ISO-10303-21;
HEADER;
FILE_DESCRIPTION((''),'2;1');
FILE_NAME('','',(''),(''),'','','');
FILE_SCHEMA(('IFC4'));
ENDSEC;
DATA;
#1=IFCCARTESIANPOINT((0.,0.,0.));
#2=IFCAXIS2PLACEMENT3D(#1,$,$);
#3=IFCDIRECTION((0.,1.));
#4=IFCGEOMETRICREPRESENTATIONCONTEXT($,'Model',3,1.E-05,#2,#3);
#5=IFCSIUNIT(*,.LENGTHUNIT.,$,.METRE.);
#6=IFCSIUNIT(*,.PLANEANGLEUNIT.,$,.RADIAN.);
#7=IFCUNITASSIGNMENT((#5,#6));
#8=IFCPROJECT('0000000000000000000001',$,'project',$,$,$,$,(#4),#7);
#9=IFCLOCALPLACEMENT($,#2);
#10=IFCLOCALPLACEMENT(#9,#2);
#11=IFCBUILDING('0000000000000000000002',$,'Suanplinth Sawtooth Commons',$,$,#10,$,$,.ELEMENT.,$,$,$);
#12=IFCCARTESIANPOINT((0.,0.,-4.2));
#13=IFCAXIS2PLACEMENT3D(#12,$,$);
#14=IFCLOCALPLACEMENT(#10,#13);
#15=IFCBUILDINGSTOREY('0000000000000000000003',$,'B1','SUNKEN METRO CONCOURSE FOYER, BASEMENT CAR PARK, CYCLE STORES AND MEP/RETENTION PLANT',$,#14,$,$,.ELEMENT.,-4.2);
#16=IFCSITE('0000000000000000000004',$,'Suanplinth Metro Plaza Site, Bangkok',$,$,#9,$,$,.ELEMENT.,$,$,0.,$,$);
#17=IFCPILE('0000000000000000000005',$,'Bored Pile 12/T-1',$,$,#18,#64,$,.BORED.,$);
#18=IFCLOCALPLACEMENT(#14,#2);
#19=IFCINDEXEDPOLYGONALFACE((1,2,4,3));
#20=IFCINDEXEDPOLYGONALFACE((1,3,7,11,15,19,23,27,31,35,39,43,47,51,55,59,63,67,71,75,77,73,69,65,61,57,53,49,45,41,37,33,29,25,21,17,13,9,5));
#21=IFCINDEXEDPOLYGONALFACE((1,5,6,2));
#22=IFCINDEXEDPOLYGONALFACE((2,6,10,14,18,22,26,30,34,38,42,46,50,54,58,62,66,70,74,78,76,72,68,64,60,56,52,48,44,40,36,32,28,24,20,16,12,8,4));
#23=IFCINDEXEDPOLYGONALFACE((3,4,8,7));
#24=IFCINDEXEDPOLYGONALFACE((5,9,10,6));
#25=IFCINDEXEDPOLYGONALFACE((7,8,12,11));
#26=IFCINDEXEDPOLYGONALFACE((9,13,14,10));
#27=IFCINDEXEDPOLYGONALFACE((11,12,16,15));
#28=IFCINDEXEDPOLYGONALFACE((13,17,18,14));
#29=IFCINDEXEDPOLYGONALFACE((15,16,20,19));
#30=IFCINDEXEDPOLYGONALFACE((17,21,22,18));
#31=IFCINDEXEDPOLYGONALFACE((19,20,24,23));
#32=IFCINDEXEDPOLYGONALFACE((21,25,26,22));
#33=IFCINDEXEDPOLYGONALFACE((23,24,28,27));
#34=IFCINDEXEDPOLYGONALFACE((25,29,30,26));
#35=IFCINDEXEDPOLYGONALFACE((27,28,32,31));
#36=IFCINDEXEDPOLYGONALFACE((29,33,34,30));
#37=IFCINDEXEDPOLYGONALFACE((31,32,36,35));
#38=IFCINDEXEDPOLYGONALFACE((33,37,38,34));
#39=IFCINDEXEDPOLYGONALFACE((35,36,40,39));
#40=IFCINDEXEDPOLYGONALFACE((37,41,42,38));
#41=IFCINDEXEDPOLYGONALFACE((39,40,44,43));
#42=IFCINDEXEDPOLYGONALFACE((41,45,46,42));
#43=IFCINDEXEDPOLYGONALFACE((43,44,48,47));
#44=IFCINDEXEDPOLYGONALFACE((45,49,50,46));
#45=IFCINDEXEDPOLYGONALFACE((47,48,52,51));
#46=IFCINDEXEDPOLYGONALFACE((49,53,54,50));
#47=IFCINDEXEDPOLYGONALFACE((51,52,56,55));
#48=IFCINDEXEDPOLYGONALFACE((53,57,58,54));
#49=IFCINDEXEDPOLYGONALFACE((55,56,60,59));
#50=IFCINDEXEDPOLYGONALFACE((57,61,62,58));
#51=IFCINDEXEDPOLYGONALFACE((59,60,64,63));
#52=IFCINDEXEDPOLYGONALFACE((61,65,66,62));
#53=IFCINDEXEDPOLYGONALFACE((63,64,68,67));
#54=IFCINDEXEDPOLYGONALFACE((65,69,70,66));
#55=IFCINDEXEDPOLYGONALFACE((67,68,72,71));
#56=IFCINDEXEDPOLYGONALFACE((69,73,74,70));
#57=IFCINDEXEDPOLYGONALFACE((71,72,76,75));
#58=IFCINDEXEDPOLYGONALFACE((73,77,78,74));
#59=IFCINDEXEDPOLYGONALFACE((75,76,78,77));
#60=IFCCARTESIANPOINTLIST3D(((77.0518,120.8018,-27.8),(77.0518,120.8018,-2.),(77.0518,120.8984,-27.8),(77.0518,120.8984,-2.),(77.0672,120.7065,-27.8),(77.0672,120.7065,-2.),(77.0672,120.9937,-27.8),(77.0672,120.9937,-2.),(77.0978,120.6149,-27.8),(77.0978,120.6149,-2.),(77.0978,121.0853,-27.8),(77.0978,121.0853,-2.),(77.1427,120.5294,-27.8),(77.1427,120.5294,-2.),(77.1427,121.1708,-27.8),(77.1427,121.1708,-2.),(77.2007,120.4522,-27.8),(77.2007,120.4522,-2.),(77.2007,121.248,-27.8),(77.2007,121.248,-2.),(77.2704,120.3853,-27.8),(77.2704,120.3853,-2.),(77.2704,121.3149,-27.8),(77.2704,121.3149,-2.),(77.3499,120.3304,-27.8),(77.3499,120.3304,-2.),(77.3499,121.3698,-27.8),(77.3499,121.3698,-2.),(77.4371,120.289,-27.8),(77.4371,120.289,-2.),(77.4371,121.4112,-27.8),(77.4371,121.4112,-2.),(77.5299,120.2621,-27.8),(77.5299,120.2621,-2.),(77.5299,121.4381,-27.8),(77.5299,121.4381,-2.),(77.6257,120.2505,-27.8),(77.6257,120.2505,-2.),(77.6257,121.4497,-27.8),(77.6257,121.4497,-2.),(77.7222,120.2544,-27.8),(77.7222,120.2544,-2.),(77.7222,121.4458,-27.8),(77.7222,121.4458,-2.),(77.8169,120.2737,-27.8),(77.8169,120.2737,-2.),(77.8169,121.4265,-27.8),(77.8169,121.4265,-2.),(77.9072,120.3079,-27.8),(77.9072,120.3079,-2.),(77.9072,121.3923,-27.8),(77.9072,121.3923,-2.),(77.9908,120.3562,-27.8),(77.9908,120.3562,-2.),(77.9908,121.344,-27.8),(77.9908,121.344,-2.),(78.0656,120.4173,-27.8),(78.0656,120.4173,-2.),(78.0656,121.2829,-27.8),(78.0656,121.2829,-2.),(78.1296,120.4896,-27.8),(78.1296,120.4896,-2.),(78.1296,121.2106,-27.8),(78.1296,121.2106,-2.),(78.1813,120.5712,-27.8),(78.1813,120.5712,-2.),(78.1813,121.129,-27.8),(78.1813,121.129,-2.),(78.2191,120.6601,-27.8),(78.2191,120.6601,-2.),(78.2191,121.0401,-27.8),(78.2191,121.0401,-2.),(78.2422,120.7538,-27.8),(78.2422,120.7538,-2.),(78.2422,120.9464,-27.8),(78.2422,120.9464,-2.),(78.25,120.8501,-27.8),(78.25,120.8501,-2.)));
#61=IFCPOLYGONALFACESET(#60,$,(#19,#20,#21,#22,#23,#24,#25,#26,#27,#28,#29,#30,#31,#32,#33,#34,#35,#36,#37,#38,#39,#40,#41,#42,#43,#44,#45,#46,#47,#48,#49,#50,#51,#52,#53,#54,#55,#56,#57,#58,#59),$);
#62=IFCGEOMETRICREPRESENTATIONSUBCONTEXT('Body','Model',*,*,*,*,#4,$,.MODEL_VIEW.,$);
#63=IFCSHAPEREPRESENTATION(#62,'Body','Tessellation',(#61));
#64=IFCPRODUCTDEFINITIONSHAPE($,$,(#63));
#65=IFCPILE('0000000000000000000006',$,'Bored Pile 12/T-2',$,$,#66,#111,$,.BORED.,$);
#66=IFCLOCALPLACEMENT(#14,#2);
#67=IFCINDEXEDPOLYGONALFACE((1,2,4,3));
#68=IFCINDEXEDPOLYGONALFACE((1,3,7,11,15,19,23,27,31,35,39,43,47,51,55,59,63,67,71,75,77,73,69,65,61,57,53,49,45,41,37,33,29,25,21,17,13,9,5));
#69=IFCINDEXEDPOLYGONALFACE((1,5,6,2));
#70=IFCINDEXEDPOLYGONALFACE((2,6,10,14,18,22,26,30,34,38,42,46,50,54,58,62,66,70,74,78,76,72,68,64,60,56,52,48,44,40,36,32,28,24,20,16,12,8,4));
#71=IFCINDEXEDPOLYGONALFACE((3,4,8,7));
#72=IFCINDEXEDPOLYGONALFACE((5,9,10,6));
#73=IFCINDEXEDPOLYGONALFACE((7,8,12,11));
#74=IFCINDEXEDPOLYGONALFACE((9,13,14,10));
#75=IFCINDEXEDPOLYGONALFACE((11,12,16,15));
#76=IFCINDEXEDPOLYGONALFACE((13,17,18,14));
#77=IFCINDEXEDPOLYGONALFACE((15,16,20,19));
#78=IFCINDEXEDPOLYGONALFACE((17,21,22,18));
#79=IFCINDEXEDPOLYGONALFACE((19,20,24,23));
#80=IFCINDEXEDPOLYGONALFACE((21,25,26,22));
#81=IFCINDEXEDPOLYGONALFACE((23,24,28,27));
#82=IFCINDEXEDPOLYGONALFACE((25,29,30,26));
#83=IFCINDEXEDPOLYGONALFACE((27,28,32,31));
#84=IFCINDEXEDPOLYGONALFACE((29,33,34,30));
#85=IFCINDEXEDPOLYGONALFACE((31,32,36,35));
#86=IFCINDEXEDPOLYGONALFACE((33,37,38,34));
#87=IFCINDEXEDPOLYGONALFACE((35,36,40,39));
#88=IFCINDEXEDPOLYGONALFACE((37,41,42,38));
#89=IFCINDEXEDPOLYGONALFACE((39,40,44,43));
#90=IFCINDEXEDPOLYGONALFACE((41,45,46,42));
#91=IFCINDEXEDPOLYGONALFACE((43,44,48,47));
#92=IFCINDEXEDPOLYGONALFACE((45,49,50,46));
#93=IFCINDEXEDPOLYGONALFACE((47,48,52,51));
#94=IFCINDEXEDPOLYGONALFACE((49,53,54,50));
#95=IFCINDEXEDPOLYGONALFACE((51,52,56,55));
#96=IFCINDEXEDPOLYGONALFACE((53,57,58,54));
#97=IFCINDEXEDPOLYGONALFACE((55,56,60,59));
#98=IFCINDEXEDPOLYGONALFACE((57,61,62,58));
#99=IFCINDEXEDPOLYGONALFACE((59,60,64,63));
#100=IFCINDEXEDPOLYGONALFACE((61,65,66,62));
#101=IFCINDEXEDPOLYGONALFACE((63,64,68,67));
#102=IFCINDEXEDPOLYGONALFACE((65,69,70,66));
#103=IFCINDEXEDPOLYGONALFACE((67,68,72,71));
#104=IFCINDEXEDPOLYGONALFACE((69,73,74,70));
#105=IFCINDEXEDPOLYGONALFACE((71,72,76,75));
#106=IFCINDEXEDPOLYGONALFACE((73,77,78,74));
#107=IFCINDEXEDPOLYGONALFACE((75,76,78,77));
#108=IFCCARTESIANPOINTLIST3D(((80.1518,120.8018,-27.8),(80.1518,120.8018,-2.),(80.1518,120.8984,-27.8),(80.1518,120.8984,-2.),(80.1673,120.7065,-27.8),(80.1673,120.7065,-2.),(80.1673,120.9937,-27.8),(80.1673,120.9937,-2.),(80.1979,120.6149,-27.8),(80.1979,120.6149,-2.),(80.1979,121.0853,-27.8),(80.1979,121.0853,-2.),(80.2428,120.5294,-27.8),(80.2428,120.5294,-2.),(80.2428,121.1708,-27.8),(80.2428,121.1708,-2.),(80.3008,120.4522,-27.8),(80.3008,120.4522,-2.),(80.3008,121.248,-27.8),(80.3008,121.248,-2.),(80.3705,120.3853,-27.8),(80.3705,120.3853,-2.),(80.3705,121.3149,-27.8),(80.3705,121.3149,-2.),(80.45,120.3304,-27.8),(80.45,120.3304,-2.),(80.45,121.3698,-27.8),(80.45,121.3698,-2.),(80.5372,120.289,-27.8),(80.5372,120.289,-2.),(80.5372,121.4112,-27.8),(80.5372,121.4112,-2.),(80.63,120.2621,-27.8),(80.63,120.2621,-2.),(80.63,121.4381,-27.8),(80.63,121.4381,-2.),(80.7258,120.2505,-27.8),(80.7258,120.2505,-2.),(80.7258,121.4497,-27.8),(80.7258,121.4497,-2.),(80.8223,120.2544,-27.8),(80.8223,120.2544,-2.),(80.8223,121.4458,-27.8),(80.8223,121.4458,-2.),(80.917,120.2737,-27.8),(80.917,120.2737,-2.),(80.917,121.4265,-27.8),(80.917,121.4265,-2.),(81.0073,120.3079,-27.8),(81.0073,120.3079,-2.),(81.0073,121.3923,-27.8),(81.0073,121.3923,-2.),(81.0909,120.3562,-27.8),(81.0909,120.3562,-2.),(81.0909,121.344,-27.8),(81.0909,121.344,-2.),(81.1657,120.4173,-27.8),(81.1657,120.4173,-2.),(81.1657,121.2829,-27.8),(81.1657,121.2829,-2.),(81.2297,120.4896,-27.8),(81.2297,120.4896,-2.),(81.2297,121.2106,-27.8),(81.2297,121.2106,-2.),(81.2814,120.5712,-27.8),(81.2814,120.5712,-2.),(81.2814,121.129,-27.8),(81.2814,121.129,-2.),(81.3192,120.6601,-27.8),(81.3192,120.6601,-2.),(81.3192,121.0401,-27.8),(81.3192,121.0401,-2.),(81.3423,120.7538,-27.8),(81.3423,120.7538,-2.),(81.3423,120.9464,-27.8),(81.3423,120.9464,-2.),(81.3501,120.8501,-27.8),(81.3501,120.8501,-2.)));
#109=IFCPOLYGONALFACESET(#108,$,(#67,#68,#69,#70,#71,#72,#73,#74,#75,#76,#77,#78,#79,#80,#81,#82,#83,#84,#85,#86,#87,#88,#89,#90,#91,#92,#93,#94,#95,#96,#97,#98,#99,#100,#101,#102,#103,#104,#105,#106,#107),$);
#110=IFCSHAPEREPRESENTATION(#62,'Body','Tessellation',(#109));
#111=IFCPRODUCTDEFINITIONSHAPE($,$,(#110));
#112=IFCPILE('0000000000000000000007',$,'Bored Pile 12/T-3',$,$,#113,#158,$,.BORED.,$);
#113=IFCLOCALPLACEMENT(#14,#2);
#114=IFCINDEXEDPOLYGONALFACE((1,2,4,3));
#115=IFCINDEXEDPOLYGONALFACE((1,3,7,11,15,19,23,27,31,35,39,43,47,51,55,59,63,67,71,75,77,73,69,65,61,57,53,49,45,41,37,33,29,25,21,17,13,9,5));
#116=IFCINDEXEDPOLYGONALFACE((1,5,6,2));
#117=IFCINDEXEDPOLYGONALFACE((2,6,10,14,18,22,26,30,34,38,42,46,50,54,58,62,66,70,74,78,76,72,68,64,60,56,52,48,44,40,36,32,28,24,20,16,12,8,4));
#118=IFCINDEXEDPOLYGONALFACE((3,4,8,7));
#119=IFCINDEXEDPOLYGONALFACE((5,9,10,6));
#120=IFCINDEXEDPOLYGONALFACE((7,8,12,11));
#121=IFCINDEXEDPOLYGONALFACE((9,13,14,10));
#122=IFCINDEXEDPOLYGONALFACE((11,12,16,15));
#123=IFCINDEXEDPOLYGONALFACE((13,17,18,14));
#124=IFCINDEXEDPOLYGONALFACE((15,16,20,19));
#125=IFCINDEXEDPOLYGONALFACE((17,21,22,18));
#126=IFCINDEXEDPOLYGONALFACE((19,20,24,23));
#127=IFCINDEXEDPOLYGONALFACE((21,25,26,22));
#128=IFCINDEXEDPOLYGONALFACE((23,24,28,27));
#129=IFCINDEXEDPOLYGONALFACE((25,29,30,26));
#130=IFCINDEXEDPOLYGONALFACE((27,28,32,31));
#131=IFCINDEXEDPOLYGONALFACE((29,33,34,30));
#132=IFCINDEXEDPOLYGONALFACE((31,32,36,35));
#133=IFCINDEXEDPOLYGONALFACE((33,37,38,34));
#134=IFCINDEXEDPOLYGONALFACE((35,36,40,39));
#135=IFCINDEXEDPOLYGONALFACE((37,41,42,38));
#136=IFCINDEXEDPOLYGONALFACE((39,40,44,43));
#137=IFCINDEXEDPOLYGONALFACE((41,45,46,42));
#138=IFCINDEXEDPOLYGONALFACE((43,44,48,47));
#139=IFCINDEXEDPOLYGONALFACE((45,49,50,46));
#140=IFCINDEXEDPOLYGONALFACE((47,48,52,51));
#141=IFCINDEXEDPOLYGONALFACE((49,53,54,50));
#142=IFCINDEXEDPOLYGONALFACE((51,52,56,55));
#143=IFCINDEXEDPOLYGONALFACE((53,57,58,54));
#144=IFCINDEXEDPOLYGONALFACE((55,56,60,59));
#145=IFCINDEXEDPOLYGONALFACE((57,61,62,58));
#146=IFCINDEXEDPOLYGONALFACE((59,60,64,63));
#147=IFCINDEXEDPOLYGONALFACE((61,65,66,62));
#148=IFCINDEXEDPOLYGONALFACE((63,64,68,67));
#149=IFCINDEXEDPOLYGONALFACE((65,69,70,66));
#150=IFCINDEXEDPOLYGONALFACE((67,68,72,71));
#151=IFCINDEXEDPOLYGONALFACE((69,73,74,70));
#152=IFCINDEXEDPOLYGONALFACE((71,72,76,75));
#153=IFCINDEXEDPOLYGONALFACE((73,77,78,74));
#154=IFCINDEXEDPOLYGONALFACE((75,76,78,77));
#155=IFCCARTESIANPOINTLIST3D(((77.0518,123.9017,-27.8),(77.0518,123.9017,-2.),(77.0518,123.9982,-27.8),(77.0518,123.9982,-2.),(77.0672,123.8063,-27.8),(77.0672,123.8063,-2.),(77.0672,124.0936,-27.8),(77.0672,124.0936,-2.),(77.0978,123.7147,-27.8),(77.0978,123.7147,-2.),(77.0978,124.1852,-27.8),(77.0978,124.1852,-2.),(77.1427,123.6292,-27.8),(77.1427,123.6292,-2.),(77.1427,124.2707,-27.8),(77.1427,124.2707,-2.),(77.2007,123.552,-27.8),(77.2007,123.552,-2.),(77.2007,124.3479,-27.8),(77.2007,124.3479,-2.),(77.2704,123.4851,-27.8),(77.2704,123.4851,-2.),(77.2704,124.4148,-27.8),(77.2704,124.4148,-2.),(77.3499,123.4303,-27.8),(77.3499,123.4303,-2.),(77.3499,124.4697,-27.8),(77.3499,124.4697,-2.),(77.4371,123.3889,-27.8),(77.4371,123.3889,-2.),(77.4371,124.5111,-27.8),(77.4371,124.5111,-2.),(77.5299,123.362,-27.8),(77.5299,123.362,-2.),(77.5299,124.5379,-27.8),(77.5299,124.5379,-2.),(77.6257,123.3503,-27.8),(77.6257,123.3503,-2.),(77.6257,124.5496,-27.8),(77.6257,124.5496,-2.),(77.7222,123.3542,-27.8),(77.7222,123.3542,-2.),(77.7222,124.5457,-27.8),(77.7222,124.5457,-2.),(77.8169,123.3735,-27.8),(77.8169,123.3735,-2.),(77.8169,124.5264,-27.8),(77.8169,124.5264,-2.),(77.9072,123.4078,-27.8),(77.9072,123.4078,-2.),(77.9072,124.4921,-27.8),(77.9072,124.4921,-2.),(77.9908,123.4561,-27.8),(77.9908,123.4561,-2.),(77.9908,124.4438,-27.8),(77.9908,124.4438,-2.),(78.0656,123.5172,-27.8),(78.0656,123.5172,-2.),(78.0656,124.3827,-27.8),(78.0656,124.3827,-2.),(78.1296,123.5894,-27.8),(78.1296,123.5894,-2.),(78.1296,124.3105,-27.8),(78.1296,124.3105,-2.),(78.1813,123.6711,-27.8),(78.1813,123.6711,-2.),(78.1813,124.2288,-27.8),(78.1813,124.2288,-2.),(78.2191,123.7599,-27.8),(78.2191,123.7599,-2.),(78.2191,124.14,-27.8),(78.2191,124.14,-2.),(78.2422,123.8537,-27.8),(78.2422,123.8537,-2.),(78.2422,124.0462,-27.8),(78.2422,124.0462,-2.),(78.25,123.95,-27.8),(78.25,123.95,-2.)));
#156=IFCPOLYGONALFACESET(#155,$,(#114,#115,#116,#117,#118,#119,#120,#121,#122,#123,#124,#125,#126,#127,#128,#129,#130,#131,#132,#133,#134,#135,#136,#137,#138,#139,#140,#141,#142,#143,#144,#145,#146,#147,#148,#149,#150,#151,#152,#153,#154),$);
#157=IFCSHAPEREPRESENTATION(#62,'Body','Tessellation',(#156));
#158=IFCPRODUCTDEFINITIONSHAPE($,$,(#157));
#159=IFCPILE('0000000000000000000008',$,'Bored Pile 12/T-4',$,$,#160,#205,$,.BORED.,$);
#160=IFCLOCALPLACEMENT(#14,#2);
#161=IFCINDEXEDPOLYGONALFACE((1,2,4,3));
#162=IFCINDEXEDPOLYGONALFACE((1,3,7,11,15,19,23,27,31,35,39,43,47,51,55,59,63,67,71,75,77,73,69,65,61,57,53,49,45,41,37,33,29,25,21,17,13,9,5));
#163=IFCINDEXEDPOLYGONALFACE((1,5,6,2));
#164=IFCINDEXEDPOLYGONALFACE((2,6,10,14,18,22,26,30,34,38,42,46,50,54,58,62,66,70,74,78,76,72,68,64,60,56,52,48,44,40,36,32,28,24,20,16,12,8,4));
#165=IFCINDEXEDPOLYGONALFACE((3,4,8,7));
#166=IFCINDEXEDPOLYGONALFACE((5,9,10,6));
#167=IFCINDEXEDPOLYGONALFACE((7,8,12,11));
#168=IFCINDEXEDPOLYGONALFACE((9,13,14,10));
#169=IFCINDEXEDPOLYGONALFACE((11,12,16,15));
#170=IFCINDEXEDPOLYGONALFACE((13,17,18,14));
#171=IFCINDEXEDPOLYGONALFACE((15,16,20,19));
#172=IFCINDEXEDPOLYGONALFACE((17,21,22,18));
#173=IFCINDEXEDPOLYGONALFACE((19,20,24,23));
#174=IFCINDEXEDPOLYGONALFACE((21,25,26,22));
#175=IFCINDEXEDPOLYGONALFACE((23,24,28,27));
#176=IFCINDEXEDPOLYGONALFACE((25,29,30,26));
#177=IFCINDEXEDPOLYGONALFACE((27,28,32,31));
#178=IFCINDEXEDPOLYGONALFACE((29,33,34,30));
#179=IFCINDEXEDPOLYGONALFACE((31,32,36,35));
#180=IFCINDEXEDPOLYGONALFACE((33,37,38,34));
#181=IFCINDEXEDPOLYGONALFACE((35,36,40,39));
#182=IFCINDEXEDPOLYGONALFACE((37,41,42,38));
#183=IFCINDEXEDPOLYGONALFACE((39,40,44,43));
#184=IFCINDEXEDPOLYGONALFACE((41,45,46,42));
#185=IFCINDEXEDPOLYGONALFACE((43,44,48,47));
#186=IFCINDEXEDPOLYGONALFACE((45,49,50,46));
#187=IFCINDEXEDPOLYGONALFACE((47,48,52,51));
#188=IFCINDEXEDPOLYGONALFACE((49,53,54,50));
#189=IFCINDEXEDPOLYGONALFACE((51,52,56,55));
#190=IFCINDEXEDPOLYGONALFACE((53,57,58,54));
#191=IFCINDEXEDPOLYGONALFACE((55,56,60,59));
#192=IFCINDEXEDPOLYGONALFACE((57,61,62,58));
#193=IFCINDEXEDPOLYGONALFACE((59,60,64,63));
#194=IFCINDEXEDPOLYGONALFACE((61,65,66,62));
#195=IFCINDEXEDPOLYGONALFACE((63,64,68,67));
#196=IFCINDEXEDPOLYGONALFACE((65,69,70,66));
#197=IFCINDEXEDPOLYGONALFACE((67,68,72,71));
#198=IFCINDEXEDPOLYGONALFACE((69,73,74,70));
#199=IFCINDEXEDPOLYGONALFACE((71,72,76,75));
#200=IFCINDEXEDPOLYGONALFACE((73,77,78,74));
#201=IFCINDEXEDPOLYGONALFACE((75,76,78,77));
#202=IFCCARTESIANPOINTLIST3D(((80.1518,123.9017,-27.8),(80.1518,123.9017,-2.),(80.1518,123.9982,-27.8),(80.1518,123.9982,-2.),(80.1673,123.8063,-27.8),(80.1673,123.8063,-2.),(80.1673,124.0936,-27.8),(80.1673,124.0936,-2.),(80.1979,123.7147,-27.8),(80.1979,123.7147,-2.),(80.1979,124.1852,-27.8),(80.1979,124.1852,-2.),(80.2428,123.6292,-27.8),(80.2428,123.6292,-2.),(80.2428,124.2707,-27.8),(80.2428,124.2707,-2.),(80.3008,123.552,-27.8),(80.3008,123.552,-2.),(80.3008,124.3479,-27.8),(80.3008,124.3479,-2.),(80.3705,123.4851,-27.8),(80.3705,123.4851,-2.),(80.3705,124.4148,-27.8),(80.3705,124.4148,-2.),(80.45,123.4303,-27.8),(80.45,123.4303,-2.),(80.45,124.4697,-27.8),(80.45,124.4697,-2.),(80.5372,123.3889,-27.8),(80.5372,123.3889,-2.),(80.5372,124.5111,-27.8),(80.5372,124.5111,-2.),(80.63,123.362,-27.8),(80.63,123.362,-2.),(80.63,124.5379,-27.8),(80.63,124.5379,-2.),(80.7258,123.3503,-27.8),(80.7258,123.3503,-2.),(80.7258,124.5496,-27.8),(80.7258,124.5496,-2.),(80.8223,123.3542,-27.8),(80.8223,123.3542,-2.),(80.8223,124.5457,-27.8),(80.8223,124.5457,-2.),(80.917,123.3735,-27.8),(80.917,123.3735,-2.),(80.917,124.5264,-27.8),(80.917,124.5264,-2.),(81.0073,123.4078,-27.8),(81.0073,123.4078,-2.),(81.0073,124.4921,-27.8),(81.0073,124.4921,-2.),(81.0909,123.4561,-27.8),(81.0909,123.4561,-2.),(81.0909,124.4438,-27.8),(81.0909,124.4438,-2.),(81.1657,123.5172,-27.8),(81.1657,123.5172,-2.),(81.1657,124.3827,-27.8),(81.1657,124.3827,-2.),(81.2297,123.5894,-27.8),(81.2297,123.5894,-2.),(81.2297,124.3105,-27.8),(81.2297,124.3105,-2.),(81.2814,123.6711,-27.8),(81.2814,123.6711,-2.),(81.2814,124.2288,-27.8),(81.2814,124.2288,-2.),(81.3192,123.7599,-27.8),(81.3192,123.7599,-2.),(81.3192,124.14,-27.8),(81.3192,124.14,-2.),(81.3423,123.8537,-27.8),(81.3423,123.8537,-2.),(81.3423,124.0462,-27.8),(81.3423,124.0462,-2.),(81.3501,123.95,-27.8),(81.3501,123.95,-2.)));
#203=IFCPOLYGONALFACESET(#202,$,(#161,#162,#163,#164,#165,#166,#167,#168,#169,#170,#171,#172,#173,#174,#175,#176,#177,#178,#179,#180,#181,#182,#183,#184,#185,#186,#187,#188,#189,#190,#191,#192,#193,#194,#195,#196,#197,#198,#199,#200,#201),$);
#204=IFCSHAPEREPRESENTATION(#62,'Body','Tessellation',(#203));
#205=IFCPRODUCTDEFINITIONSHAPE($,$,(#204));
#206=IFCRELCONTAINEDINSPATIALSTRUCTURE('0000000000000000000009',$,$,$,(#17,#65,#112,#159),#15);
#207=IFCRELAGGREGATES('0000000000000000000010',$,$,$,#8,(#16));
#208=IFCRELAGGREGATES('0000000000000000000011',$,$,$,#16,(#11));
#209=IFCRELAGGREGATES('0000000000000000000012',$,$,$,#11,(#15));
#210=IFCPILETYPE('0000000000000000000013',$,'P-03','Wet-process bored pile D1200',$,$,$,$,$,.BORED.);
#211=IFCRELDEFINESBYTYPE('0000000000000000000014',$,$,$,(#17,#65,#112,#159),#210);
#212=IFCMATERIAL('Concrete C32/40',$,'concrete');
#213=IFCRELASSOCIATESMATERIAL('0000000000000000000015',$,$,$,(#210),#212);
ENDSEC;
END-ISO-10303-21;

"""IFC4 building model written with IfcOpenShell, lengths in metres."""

from ifc_helpers import new_model, si_unit, direction, frame, origin, origin_2d, place, context, subcontext, project, spatial, circle, extrude, material, material_profile, profile_set, type_object, element, save


model = new_model("IFC4")

# Units and contexts
model_context = context("Model", 3, precision=1e-05, world=origin(), true_north=direction((0.0, 1.0)))
body_context = subcontext(model_context, "Body", "Model", "MODEL_VIEW")
ifc_project = project(units=[si_unit("LENGTHUNIT", "METRE"), si_unit("PLANEANGLEUNIT", "RADIAN")], contexts=[model_context])

# Site, building, storey
site_placement = place(None, origin())
site = spatial("IfcSite", under=ifc_project, at=site_placement, Name="Suanplinth Metro Plaza Site, Bangkok", CompositionType="ELEMENT", RefElevation=0.0)
building_placement = place(site_placement, origin())
building = spatial("IfcBuilding", under=site, at=building_placement, Name="Suanplinth Sawtooth Commons", CompositionType="ELEMENT")
storey_placement = place(building_placement, frame((0.0, 0.0, -4.2)))
storey = spatial("IfcBuildingStorey", under=building, at=storey_placement, Name="B1", Description="SUNKEN METRO CONCOURSE FOYER, BASEMENT CAR PARK, CYCLE STORES AND MEP/RETENTION PLANT", CompositionType="ELEMENT", Elevation=-4.2)

# Piles
ifc_material_1 = material(Name="Concrete C32/40", Category="concrete")
ifc_material_profile_1 = material_profile(ifc_material_1, circle(Radius=0.6001, at=origin_2d()), Name="PILE D1200")
ifc_profile_set_1 = profile_set([ifc_material_profile_1], Name="Concrete C32/40")
pile_type = type_object("IfcPileType", Name="P-03", Description="Wet-process bored pile D1200", PredefinedType="BORED", material=ifc_profile_set_1)
for number, where, z_axis, x_axis, name in (
    (1, (77.6499, 120.8501, -2.0), (0.0, 0.0, -1.0), (1.0, 0.0, 0.0), "Bored Pile 12/T-1"),
    (2, (80.75, 120.8501, -2.0), (0.0, 0.0, -1.0), (1.0, 0.0, 0.0), "Bored Pile 12/T-2"),
    (3, (77.6499, 123.95, -2.0), (0.0, 0.0, -1.0), (1.0, 0.0, 0.0), "Bored Pile 12/T-3"),
    (4, (80.75, 123.95, -2.0), (0.0, 0.0, -1.0), (1.0, 0.0, 0.0), "Bored Pile 12/T-4"),
):
    element("IfcPile", number, at=place(storey_placement, frame(where, z_axis=z_axis, x_axis=x_axis)), inside=storey, type_object=pile_type, Name=name, PredefinedType="BORED", context=body_context, shape_type="SweptSolid", body=[
        extrude(circle(Radius=0.6001, at=origin_2d()), origin(), (0.0, 0.0, 1.0), 25.8),
    ])

save(model, "model.ifc")
